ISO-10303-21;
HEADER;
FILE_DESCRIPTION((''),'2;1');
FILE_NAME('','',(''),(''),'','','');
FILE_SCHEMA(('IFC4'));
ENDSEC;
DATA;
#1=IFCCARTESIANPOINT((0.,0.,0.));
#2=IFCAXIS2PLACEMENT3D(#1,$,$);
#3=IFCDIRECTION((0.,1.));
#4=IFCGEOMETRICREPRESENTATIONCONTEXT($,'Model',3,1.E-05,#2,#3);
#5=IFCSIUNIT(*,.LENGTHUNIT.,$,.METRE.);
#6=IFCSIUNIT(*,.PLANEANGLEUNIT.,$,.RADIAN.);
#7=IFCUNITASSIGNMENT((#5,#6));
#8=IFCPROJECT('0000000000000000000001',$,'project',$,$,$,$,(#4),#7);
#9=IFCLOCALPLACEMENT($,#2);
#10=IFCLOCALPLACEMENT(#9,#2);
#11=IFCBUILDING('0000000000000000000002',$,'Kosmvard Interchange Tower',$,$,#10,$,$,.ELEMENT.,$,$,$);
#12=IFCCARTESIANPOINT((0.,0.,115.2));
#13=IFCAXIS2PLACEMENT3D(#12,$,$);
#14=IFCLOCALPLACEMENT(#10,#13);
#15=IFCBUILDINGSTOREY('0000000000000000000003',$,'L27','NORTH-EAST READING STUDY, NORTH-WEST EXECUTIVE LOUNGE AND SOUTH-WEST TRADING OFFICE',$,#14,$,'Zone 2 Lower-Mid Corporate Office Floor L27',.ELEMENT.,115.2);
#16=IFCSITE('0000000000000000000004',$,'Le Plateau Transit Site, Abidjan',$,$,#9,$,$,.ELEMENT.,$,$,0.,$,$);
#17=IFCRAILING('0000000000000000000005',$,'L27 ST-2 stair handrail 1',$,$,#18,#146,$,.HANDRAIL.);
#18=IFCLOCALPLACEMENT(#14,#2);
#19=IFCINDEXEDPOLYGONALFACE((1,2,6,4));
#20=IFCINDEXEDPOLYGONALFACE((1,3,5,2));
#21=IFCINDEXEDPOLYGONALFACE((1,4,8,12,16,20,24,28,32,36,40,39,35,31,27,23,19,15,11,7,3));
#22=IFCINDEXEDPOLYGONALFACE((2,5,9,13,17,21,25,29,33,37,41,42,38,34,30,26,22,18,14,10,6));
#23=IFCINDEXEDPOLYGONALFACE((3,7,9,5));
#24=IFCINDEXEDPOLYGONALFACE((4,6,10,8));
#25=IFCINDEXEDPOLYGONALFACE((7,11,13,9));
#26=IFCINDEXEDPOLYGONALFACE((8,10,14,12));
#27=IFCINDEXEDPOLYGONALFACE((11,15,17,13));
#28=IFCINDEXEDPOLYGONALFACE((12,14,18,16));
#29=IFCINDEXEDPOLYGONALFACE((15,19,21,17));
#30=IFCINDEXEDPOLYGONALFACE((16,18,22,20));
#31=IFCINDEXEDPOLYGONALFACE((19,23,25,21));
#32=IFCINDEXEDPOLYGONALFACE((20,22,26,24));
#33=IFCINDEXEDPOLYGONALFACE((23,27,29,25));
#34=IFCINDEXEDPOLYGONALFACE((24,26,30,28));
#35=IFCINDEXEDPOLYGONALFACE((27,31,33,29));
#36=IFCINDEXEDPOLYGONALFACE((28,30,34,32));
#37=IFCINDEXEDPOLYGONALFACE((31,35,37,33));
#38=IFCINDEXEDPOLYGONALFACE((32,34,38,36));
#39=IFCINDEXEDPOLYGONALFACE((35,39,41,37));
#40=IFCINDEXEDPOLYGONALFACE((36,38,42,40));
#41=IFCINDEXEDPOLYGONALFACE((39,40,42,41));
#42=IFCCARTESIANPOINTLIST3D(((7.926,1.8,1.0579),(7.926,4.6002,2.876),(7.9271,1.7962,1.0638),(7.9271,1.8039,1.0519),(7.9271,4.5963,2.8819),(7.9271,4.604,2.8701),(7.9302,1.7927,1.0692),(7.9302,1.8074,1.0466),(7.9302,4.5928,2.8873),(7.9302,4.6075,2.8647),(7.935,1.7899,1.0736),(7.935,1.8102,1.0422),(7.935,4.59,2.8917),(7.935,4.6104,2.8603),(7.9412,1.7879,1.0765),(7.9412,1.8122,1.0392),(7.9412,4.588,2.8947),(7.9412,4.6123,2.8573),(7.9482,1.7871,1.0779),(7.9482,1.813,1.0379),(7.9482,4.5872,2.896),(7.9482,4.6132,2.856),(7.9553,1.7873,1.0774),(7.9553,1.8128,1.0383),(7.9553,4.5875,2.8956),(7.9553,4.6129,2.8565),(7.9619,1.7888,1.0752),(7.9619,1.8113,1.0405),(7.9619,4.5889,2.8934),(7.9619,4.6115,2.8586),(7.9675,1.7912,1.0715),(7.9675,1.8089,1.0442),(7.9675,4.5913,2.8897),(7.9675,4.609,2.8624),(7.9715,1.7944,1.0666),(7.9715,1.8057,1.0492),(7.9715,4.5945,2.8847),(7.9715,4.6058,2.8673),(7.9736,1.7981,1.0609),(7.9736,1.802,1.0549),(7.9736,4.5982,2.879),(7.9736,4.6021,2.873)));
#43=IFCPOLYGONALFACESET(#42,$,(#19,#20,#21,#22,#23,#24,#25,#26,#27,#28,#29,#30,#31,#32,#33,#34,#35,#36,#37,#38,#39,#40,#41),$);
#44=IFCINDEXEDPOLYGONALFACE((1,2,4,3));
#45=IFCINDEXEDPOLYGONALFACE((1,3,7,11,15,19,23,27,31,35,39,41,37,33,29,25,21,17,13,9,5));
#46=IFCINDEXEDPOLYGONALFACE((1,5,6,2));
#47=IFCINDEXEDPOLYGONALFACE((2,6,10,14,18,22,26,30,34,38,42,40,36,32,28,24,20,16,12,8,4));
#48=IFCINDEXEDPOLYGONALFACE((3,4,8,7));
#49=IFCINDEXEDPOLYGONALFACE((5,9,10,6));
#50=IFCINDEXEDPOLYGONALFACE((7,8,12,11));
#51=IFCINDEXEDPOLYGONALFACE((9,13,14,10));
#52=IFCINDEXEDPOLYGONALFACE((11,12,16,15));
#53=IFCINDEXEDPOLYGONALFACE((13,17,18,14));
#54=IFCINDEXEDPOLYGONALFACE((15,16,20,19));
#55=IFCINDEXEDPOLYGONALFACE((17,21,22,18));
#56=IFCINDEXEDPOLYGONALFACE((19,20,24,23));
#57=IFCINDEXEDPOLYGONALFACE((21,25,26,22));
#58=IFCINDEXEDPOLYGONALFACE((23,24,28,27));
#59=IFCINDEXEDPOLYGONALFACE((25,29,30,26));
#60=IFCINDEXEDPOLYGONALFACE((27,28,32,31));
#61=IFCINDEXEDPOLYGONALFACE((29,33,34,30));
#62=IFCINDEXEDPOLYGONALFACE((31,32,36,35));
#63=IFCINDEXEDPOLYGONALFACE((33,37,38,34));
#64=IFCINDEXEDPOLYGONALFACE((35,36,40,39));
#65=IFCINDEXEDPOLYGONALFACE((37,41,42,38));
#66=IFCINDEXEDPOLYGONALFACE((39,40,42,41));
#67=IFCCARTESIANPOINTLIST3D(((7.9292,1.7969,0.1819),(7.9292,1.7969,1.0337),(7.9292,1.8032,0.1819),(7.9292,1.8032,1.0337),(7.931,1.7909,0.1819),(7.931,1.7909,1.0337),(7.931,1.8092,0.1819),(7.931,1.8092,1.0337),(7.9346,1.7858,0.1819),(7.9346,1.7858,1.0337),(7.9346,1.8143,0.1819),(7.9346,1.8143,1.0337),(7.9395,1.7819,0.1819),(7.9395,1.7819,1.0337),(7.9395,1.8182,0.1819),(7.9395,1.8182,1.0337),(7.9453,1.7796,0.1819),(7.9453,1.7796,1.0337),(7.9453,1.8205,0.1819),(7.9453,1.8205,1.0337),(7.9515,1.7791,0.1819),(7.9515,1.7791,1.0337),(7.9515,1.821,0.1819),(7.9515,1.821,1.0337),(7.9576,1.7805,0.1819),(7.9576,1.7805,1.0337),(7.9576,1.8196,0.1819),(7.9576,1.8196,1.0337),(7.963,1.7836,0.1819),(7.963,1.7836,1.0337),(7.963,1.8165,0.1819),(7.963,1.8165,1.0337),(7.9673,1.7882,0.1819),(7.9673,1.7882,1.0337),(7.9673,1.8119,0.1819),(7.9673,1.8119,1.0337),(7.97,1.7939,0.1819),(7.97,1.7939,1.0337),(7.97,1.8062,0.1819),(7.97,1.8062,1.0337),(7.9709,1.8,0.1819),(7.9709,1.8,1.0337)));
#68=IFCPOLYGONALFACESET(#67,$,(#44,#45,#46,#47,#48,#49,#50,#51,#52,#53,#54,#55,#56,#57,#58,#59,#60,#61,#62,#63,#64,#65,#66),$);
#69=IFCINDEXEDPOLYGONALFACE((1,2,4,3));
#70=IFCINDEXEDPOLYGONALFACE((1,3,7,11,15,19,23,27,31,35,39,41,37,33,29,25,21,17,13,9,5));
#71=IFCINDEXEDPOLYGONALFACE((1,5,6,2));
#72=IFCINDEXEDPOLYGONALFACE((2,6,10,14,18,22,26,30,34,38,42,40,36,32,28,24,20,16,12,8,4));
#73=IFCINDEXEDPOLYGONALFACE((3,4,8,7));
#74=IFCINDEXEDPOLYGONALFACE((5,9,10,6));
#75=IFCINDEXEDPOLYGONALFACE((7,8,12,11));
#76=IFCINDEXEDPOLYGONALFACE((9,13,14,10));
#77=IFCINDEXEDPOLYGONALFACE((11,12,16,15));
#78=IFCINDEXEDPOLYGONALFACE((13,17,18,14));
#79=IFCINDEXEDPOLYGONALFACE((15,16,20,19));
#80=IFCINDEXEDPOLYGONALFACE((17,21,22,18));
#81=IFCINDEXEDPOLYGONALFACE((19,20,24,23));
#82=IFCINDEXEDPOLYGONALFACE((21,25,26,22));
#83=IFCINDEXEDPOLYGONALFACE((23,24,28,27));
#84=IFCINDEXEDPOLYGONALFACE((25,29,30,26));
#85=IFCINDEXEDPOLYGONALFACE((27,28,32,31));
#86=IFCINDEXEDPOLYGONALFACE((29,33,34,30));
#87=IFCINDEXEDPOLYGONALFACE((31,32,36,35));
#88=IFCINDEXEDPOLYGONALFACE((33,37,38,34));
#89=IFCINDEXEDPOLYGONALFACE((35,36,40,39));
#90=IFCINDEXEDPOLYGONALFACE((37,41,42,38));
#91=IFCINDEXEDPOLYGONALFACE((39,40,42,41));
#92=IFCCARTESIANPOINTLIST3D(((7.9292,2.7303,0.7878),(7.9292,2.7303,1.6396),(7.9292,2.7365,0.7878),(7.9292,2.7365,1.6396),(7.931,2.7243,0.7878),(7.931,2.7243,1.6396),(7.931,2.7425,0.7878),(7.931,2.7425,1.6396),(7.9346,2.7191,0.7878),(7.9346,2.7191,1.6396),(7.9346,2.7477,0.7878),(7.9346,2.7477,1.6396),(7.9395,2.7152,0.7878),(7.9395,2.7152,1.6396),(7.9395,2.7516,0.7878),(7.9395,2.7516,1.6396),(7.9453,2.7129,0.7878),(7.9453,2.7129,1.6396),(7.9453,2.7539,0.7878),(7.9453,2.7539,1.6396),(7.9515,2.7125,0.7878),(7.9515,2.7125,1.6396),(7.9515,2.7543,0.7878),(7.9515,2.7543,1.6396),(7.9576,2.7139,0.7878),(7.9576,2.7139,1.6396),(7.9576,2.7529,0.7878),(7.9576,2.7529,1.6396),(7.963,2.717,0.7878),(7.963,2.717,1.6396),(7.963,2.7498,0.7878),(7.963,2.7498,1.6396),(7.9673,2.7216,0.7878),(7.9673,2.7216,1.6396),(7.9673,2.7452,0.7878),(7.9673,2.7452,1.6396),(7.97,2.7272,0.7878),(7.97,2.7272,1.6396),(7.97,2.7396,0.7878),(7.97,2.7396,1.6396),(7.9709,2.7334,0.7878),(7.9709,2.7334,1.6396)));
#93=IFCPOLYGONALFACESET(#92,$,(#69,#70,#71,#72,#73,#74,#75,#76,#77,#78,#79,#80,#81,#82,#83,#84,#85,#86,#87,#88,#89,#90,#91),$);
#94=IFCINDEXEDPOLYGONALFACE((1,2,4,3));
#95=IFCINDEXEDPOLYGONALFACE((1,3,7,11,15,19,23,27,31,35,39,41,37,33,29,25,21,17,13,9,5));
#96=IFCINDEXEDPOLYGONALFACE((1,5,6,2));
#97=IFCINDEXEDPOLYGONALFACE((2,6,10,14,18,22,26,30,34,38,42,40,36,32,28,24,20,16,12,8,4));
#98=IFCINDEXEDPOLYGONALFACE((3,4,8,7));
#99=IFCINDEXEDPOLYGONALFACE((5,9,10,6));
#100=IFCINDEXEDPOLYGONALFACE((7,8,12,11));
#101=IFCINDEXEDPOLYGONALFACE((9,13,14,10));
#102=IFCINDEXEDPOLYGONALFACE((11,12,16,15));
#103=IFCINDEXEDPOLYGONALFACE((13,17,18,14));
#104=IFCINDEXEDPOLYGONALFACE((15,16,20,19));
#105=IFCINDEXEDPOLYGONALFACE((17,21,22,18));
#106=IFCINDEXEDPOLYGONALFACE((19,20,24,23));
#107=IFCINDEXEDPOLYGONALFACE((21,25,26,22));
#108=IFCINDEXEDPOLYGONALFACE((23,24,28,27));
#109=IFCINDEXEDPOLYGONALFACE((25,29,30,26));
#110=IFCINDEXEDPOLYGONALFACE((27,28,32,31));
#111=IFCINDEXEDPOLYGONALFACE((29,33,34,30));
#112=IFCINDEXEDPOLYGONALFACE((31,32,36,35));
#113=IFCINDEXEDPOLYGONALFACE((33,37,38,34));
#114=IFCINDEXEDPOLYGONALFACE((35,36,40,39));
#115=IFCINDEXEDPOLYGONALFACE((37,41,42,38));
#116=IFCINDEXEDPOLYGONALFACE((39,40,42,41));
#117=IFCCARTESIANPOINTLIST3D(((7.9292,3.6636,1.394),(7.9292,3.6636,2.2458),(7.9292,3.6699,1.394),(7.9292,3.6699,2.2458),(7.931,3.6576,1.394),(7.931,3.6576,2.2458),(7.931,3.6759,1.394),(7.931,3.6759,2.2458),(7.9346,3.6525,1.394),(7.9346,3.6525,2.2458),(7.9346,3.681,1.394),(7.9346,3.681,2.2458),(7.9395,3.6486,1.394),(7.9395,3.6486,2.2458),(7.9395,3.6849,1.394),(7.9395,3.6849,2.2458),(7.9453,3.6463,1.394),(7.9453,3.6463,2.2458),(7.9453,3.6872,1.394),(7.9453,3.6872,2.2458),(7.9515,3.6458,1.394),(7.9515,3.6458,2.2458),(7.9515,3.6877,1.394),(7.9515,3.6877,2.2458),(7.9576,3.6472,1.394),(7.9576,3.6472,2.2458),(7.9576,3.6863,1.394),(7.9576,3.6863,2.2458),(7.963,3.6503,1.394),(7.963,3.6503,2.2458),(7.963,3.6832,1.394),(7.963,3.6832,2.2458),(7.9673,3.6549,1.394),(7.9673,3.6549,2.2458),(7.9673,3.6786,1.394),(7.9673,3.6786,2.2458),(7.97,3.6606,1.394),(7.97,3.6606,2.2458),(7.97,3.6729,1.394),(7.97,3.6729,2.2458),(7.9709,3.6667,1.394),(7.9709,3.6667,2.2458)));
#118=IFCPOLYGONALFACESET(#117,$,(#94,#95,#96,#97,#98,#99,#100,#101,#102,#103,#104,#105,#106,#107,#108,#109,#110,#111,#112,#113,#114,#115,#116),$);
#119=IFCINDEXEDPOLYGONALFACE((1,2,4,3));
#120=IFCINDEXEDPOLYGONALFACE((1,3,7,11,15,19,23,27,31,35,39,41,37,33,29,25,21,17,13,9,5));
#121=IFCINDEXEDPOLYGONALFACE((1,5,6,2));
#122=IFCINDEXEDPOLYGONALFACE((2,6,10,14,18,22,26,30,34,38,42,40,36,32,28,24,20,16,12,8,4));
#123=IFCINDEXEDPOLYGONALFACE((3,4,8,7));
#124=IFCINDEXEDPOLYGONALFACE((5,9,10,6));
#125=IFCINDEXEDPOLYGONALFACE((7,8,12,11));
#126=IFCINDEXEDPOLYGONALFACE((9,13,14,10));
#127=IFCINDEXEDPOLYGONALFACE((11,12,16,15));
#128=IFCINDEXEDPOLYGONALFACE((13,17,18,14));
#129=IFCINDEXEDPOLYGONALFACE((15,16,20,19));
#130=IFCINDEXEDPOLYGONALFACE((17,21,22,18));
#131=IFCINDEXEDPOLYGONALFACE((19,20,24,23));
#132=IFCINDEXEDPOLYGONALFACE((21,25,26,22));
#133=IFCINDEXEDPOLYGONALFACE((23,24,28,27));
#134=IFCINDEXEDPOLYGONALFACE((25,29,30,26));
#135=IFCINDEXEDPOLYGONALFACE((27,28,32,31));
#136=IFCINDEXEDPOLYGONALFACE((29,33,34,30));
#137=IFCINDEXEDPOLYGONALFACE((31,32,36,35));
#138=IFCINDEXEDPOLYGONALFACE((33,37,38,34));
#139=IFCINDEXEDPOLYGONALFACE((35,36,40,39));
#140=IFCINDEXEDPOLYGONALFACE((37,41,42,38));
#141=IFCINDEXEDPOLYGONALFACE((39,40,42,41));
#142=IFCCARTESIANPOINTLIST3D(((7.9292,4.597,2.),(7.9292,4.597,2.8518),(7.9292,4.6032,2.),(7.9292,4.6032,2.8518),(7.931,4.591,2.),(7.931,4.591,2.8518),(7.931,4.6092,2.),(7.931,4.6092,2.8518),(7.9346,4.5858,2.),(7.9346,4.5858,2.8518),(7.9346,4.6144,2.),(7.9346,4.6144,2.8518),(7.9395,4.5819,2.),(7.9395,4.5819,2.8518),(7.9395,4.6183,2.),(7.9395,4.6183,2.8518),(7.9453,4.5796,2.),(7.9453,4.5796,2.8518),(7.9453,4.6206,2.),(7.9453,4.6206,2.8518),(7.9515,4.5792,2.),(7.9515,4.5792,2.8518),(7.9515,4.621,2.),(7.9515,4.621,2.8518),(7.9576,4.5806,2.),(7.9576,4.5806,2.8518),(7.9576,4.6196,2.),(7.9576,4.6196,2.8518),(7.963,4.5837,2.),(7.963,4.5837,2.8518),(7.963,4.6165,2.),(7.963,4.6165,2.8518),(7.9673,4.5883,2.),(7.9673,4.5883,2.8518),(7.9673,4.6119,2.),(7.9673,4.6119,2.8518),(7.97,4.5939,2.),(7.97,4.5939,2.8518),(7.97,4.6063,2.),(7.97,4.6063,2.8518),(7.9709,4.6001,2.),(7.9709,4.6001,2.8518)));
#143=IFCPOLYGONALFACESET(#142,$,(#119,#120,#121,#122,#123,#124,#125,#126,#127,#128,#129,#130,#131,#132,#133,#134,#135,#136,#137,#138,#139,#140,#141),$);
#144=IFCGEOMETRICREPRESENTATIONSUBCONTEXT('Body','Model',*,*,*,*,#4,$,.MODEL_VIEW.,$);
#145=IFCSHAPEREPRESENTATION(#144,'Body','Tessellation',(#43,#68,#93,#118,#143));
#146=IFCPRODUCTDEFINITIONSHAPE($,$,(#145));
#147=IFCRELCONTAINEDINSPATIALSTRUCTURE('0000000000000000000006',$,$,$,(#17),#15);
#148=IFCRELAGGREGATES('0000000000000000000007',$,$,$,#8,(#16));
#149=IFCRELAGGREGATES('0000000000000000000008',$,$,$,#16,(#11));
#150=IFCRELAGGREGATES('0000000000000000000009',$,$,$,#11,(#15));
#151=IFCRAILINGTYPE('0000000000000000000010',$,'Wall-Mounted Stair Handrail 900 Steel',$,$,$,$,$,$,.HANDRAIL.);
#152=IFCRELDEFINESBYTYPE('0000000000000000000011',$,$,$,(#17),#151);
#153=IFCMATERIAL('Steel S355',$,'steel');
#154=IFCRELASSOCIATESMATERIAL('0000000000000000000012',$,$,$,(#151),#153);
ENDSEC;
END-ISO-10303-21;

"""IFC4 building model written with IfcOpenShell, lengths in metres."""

from ifc_helpers import new_model, si_unit, direction, frame, origin, origin_2d, place, context, subcontext, project, spatial, circle, extrude, source, transform, mapped, material, type_object, element, save


model = new_model("IFC4")

# Units and contexts
model_context = context("Model", 3, precision=1e-05, world=origin(), true_north=direction((0.0, 1.0)))
body_context = subcontext(model_context, "Body", "Model", "MODEL_VIEW")
ifc_project = project(units=[si_unit("LENGTHUNIT", "METRE"), si_unit("PLANEANGLEUNIT", "RADIAN")], contexts=[model_context])

# Site, building, storey
site_placement = place(None, origin())
site = spatial("IfcSite", under=ifc_project, at=site_placement, Name="Le Plateau Transit Site, Abidjan", CompositionType="ELEMENT", RefElevation=0.0)
building_placement = place(site_placement, origin())
building = spatial("IfcBuilding", under=site, at=building_placement, Name="Kosmvard Interchange Tower", CompositionType="ELEMENT")
storey_placement = place(building_placement, frame((0.0, 0.0, 115.2)))
storey = spatial("IfcBuildingStorey", under=building, at=storey_placement, Name="L27", Description="NORTH-EAST READING STUDY, NORTH-WEST EXECUTIVE LOUNGE AND SOUTH-WEST TRADING OFFICE", LongName="Zone 2 Lower-Mid Corporate Office Floor L27", CompositionType="ELEMENT", Elevation=115.2)

# Shared definitions
ifc_material_1 = material(Name="Steel S355", Category="steel")

# Railing
railing_type_1 = type_object("IfcRailingType", Name="Wall-Mounted Stair Handrail 900 Steel", PredefinedType="HANDRAIL", material=ifc_material_1)
shared_shape_1 = source(origin(), body_context, "Body", "SweptSolid", [
    extrude(circle(Radius=0.0239, at=origin_2d()), frame((0.0, 0.0, 0.876), z_axis=(0.0, 0.838706, 0.544585), x_axis=(-1.0, 0.0, 0.0)), (0.0, 0.0, 1.0), 3.3386),
    extrude(circle(Radius=0.021, at=origin_2d()), origin(), (0.0, 0.0, 1.0), 0.8518),
    extrude(circle(Radius=0.021, at=origin_2d()), frame((0.0, 0.9333, 0.606)), (0.0, 0.0, 1.0), 0.8518),
    extrude(circle(Radius=0.021, at=origin_2d()), frame((0.0, 1.8667, 1.2122)), (0.0, 0.0, 1.0), 0.8518),
    extrude(circle(Radius=0.021, at=origin_2d()), frame((0.0, 2.8, 1.8181)), (0.0, 0.0, 1.0), 0.8518),
])
railing_1_placement = place(storey_placement, frame((7.95, 1.8, 0.1819)))
element("IfcRailing", 1, at=railing_1_placement, inside=storey, type_object=railing_type_1, Name="L27 ST-2 stair handrail 1", PredefinedType="HANDRAIL", context=body_context, shape_type="MappedRepresentation", body=[
    mapped(shared_shape_1, transform((0.0, 0.0, 0.0), scale=1.0)),
])

save(model, "model.ifc")
